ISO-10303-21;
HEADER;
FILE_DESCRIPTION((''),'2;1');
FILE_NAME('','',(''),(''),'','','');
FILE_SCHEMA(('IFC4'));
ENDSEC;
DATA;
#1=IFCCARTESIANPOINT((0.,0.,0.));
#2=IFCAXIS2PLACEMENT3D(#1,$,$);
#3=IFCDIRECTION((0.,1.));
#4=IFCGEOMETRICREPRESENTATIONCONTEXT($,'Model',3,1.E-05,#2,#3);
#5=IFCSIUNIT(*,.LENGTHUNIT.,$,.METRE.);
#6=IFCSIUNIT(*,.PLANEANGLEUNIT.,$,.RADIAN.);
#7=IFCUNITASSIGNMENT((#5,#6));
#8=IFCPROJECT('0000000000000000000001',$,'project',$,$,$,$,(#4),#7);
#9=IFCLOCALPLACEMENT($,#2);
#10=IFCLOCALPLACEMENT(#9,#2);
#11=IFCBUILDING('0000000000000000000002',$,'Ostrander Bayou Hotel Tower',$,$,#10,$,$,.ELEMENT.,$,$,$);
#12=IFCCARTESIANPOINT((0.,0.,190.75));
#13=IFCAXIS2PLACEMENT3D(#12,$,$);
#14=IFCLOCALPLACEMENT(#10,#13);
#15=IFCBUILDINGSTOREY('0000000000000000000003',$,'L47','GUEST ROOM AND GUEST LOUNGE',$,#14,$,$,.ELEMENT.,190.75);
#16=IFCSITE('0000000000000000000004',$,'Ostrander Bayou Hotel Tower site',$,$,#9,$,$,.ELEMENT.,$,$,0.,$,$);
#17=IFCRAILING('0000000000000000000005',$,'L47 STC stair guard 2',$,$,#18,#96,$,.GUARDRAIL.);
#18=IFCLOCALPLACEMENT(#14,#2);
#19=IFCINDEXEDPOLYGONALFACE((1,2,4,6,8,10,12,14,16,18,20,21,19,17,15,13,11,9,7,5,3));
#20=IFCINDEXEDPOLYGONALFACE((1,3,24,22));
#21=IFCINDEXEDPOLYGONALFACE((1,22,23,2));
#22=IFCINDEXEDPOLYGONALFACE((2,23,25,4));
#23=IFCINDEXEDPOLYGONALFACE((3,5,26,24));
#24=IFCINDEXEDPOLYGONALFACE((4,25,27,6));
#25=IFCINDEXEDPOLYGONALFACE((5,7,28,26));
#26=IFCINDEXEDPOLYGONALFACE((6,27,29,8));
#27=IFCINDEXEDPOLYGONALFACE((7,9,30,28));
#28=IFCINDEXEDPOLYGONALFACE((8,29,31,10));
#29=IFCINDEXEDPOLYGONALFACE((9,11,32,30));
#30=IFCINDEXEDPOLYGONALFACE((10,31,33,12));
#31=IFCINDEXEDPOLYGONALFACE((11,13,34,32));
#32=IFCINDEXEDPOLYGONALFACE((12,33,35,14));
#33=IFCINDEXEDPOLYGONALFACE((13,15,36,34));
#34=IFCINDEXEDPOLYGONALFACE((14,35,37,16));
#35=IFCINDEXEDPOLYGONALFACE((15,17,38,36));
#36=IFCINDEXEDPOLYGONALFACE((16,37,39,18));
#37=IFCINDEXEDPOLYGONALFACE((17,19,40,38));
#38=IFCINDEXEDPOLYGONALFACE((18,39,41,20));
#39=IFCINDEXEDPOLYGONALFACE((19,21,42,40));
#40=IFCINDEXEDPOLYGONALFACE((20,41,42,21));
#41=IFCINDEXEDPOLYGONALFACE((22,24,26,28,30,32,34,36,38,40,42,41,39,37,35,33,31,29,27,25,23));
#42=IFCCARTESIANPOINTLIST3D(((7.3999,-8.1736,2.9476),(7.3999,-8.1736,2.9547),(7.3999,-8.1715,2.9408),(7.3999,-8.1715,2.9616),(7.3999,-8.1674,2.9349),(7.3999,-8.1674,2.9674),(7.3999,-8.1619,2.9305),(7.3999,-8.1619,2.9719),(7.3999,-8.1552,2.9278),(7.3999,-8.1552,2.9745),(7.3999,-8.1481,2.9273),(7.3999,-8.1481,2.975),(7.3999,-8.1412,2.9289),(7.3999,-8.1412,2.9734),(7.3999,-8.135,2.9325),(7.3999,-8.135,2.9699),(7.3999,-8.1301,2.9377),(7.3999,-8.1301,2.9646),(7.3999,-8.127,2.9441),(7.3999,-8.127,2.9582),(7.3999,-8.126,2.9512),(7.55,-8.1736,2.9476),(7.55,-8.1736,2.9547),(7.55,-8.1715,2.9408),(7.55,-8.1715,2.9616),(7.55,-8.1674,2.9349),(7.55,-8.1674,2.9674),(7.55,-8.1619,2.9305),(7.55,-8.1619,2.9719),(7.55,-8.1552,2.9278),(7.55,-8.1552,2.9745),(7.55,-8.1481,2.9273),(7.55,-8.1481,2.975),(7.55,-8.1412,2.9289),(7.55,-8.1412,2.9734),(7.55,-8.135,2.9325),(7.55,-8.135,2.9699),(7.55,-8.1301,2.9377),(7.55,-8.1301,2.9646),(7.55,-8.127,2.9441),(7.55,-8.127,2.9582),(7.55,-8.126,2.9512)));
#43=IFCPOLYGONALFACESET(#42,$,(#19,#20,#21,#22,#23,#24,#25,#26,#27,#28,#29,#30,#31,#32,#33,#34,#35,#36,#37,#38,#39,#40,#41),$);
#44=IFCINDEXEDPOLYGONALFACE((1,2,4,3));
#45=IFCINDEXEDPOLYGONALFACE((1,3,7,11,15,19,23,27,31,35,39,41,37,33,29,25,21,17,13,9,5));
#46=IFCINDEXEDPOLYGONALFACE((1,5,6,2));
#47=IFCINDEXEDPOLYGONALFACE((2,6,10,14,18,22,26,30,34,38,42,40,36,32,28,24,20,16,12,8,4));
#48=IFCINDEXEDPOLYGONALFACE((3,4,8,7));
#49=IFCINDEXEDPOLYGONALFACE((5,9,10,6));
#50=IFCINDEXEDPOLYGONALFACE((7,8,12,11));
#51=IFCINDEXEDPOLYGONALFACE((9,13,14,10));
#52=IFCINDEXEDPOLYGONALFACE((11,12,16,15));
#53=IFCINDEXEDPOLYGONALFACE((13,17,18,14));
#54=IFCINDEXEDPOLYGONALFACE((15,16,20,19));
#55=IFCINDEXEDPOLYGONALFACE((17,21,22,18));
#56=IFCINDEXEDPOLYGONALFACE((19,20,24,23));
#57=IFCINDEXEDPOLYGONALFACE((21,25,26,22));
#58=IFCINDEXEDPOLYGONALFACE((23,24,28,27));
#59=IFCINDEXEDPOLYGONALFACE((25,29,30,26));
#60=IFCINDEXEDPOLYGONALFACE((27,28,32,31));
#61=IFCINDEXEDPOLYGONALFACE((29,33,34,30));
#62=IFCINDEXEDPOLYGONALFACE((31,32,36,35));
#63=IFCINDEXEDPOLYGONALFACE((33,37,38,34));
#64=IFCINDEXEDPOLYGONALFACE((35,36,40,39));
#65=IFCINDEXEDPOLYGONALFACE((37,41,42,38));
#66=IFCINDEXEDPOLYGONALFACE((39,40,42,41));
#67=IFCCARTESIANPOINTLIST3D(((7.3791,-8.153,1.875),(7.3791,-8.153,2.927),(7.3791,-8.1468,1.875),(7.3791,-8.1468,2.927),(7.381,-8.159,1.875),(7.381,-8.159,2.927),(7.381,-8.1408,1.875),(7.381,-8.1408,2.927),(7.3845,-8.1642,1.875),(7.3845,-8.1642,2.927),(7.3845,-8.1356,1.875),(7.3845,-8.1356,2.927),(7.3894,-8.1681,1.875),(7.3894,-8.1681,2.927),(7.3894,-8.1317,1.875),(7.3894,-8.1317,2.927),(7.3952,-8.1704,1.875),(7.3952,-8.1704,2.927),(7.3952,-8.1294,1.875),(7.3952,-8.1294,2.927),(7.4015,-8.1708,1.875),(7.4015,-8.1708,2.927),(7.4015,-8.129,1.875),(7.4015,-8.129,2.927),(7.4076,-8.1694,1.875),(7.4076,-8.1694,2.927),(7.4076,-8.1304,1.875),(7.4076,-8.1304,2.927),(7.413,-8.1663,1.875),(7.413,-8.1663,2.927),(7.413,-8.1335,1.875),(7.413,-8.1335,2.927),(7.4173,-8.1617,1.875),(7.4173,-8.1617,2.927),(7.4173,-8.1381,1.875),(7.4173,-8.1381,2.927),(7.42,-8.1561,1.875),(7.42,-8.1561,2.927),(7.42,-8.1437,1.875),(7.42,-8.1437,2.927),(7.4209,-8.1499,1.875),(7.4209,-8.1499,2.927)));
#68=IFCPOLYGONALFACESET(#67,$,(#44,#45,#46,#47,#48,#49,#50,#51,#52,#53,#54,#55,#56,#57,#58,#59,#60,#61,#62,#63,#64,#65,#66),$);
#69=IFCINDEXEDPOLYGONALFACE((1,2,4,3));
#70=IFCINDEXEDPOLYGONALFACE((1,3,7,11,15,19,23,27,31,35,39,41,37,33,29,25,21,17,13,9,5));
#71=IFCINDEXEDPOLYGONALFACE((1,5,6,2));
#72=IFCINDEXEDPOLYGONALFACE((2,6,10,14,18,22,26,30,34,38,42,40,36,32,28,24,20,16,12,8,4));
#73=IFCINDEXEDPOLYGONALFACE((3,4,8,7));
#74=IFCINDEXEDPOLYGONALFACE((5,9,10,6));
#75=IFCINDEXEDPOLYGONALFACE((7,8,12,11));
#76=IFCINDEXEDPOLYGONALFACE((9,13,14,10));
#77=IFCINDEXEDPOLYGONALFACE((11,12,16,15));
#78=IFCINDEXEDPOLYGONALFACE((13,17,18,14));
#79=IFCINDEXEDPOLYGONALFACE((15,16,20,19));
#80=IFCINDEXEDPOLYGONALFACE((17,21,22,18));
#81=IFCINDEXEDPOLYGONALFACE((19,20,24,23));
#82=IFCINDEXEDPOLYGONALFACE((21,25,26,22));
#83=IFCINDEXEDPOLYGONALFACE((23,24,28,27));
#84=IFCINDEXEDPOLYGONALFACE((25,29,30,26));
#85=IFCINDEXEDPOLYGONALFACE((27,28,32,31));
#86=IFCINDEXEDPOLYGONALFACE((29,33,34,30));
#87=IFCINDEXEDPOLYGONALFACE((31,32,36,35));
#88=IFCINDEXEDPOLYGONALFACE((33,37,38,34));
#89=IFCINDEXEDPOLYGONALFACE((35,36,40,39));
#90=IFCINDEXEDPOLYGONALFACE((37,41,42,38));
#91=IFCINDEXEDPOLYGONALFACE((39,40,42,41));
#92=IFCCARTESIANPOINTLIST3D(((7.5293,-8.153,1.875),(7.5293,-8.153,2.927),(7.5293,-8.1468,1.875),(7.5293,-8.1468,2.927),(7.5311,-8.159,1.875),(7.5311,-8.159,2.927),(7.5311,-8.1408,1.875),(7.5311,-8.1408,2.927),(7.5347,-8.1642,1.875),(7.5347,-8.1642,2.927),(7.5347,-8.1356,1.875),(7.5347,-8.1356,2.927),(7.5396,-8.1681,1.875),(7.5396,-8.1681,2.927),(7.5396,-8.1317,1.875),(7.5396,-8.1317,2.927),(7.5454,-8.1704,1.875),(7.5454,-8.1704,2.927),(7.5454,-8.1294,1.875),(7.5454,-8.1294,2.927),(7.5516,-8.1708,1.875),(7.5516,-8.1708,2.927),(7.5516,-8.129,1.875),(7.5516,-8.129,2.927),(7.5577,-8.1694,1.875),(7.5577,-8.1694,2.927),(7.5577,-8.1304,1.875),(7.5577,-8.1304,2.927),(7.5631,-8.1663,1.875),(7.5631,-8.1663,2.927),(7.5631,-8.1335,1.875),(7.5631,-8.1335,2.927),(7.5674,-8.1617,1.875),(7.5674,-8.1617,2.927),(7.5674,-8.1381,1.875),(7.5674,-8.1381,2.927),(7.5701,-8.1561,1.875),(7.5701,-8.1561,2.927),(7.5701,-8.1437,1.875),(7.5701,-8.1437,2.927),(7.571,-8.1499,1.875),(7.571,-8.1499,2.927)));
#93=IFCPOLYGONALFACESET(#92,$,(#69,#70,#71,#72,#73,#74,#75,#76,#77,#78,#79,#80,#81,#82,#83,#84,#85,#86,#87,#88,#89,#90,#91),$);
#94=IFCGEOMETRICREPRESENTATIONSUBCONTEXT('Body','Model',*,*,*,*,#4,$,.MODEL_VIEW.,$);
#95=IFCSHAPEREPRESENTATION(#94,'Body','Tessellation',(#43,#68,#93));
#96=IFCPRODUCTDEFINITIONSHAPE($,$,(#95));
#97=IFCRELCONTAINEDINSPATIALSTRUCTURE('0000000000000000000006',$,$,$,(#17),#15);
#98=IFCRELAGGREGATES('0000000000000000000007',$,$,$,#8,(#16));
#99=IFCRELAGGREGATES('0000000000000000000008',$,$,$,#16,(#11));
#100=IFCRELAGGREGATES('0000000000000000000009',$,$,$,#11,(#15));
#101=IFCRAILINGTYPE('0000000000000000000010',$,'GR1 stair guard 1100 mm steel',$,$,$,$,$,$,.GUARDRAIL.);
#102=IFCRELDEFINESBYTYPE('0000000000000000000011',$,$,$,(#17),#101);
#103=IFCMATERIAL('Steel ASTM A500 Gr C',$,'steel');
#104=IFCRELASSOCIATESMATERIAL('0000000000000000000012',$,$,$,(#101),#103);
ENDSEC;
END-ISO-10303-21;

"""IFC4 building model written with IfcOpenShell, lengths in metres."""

from ifc_helpers import new_model, si_unit, direction, frame, origin, origin_2d, place, context, subcontext, project, spatial, circle, extrude, material, type_object, element, save


model = new_model("IFC4")

# Units and contexts
model_context = context("Model", 3, precision=1e-05, world=origin(), true_north=direction((0.0, 1.0)))
body_context = subcontext(model_context, "Body", "Model", "MODEL_VIEW")
ifc_project = project(units=[si_unit("LENGTHUNIT", "METRE"), si_unit("PLANEANGLEUNIT", "RADIAN")], contexts=[model_context])

# Site, building, storey
site_placement = place(None, origin())
site = spatial("IfcSite", under=ifc_project, at=site_placement, Name="Ostrander Bayou Hotel Tower site", CompositionType="ELEMENT", RefElevation=0.0)
building_placement = place(site_placement, origin())
building = spatial("IfcBuilding", under=site, at=building_placement, Name="Ostrander Bayou Hotel Tower", CompositionType="ELEMENT")
storey_placement = place(building_placement, frame((0.0, 0.0, 190.75)))
storey = spatial("IfcBuildingStorey", under=building, at=storey_placement, Name="L47", Description="GUEST ROOM AND GUEST LOUNGE", CompositionType="ELEMENT", Elevation=190.75)

# Railing
ifc_material_1 = material(Name="Steel ASTM A500 Gr C", Category="steel")
railing_type_1 = type_object("IfcRailingType", Name="GR1 stair guard 1100 mm steel", PredefinedType="GUARDRAIL", material=ifc_material_1)
railing_1_placement = place(storey_placement, frame((7.3999, -8.1499, 1.875)))
element("IfcRailing", 1, at=railing_1_placement, inside=storey, type_object=railing_type_1, Name="L47 STC stair guard 2", PredefinedType="GUARDRAIL", context=body_context, shape_type="SweptSolid", body=[
    extrude(circle(Radius=0.0239, at=origin_2d()), frame((0.0, 0.0, 1.0762), z_axis=(1.0, 0.0, 0.0), x_axis=(0.0, 1.0, 0.0)), (0.0, 0.0, 1.0), 0.1501),
    extrude(circle(Radius=0.021, at=origin_2d()), origin(), (0.0, 0.0, 1.0), 1.052),
    extrude(circle(Radius=0.021, at=origin_2d()), frame((0.1501, 0.0, 0.0)), (0.0, 0.0, 1.0), 1.052),
])

save(model, "model.ifc")
